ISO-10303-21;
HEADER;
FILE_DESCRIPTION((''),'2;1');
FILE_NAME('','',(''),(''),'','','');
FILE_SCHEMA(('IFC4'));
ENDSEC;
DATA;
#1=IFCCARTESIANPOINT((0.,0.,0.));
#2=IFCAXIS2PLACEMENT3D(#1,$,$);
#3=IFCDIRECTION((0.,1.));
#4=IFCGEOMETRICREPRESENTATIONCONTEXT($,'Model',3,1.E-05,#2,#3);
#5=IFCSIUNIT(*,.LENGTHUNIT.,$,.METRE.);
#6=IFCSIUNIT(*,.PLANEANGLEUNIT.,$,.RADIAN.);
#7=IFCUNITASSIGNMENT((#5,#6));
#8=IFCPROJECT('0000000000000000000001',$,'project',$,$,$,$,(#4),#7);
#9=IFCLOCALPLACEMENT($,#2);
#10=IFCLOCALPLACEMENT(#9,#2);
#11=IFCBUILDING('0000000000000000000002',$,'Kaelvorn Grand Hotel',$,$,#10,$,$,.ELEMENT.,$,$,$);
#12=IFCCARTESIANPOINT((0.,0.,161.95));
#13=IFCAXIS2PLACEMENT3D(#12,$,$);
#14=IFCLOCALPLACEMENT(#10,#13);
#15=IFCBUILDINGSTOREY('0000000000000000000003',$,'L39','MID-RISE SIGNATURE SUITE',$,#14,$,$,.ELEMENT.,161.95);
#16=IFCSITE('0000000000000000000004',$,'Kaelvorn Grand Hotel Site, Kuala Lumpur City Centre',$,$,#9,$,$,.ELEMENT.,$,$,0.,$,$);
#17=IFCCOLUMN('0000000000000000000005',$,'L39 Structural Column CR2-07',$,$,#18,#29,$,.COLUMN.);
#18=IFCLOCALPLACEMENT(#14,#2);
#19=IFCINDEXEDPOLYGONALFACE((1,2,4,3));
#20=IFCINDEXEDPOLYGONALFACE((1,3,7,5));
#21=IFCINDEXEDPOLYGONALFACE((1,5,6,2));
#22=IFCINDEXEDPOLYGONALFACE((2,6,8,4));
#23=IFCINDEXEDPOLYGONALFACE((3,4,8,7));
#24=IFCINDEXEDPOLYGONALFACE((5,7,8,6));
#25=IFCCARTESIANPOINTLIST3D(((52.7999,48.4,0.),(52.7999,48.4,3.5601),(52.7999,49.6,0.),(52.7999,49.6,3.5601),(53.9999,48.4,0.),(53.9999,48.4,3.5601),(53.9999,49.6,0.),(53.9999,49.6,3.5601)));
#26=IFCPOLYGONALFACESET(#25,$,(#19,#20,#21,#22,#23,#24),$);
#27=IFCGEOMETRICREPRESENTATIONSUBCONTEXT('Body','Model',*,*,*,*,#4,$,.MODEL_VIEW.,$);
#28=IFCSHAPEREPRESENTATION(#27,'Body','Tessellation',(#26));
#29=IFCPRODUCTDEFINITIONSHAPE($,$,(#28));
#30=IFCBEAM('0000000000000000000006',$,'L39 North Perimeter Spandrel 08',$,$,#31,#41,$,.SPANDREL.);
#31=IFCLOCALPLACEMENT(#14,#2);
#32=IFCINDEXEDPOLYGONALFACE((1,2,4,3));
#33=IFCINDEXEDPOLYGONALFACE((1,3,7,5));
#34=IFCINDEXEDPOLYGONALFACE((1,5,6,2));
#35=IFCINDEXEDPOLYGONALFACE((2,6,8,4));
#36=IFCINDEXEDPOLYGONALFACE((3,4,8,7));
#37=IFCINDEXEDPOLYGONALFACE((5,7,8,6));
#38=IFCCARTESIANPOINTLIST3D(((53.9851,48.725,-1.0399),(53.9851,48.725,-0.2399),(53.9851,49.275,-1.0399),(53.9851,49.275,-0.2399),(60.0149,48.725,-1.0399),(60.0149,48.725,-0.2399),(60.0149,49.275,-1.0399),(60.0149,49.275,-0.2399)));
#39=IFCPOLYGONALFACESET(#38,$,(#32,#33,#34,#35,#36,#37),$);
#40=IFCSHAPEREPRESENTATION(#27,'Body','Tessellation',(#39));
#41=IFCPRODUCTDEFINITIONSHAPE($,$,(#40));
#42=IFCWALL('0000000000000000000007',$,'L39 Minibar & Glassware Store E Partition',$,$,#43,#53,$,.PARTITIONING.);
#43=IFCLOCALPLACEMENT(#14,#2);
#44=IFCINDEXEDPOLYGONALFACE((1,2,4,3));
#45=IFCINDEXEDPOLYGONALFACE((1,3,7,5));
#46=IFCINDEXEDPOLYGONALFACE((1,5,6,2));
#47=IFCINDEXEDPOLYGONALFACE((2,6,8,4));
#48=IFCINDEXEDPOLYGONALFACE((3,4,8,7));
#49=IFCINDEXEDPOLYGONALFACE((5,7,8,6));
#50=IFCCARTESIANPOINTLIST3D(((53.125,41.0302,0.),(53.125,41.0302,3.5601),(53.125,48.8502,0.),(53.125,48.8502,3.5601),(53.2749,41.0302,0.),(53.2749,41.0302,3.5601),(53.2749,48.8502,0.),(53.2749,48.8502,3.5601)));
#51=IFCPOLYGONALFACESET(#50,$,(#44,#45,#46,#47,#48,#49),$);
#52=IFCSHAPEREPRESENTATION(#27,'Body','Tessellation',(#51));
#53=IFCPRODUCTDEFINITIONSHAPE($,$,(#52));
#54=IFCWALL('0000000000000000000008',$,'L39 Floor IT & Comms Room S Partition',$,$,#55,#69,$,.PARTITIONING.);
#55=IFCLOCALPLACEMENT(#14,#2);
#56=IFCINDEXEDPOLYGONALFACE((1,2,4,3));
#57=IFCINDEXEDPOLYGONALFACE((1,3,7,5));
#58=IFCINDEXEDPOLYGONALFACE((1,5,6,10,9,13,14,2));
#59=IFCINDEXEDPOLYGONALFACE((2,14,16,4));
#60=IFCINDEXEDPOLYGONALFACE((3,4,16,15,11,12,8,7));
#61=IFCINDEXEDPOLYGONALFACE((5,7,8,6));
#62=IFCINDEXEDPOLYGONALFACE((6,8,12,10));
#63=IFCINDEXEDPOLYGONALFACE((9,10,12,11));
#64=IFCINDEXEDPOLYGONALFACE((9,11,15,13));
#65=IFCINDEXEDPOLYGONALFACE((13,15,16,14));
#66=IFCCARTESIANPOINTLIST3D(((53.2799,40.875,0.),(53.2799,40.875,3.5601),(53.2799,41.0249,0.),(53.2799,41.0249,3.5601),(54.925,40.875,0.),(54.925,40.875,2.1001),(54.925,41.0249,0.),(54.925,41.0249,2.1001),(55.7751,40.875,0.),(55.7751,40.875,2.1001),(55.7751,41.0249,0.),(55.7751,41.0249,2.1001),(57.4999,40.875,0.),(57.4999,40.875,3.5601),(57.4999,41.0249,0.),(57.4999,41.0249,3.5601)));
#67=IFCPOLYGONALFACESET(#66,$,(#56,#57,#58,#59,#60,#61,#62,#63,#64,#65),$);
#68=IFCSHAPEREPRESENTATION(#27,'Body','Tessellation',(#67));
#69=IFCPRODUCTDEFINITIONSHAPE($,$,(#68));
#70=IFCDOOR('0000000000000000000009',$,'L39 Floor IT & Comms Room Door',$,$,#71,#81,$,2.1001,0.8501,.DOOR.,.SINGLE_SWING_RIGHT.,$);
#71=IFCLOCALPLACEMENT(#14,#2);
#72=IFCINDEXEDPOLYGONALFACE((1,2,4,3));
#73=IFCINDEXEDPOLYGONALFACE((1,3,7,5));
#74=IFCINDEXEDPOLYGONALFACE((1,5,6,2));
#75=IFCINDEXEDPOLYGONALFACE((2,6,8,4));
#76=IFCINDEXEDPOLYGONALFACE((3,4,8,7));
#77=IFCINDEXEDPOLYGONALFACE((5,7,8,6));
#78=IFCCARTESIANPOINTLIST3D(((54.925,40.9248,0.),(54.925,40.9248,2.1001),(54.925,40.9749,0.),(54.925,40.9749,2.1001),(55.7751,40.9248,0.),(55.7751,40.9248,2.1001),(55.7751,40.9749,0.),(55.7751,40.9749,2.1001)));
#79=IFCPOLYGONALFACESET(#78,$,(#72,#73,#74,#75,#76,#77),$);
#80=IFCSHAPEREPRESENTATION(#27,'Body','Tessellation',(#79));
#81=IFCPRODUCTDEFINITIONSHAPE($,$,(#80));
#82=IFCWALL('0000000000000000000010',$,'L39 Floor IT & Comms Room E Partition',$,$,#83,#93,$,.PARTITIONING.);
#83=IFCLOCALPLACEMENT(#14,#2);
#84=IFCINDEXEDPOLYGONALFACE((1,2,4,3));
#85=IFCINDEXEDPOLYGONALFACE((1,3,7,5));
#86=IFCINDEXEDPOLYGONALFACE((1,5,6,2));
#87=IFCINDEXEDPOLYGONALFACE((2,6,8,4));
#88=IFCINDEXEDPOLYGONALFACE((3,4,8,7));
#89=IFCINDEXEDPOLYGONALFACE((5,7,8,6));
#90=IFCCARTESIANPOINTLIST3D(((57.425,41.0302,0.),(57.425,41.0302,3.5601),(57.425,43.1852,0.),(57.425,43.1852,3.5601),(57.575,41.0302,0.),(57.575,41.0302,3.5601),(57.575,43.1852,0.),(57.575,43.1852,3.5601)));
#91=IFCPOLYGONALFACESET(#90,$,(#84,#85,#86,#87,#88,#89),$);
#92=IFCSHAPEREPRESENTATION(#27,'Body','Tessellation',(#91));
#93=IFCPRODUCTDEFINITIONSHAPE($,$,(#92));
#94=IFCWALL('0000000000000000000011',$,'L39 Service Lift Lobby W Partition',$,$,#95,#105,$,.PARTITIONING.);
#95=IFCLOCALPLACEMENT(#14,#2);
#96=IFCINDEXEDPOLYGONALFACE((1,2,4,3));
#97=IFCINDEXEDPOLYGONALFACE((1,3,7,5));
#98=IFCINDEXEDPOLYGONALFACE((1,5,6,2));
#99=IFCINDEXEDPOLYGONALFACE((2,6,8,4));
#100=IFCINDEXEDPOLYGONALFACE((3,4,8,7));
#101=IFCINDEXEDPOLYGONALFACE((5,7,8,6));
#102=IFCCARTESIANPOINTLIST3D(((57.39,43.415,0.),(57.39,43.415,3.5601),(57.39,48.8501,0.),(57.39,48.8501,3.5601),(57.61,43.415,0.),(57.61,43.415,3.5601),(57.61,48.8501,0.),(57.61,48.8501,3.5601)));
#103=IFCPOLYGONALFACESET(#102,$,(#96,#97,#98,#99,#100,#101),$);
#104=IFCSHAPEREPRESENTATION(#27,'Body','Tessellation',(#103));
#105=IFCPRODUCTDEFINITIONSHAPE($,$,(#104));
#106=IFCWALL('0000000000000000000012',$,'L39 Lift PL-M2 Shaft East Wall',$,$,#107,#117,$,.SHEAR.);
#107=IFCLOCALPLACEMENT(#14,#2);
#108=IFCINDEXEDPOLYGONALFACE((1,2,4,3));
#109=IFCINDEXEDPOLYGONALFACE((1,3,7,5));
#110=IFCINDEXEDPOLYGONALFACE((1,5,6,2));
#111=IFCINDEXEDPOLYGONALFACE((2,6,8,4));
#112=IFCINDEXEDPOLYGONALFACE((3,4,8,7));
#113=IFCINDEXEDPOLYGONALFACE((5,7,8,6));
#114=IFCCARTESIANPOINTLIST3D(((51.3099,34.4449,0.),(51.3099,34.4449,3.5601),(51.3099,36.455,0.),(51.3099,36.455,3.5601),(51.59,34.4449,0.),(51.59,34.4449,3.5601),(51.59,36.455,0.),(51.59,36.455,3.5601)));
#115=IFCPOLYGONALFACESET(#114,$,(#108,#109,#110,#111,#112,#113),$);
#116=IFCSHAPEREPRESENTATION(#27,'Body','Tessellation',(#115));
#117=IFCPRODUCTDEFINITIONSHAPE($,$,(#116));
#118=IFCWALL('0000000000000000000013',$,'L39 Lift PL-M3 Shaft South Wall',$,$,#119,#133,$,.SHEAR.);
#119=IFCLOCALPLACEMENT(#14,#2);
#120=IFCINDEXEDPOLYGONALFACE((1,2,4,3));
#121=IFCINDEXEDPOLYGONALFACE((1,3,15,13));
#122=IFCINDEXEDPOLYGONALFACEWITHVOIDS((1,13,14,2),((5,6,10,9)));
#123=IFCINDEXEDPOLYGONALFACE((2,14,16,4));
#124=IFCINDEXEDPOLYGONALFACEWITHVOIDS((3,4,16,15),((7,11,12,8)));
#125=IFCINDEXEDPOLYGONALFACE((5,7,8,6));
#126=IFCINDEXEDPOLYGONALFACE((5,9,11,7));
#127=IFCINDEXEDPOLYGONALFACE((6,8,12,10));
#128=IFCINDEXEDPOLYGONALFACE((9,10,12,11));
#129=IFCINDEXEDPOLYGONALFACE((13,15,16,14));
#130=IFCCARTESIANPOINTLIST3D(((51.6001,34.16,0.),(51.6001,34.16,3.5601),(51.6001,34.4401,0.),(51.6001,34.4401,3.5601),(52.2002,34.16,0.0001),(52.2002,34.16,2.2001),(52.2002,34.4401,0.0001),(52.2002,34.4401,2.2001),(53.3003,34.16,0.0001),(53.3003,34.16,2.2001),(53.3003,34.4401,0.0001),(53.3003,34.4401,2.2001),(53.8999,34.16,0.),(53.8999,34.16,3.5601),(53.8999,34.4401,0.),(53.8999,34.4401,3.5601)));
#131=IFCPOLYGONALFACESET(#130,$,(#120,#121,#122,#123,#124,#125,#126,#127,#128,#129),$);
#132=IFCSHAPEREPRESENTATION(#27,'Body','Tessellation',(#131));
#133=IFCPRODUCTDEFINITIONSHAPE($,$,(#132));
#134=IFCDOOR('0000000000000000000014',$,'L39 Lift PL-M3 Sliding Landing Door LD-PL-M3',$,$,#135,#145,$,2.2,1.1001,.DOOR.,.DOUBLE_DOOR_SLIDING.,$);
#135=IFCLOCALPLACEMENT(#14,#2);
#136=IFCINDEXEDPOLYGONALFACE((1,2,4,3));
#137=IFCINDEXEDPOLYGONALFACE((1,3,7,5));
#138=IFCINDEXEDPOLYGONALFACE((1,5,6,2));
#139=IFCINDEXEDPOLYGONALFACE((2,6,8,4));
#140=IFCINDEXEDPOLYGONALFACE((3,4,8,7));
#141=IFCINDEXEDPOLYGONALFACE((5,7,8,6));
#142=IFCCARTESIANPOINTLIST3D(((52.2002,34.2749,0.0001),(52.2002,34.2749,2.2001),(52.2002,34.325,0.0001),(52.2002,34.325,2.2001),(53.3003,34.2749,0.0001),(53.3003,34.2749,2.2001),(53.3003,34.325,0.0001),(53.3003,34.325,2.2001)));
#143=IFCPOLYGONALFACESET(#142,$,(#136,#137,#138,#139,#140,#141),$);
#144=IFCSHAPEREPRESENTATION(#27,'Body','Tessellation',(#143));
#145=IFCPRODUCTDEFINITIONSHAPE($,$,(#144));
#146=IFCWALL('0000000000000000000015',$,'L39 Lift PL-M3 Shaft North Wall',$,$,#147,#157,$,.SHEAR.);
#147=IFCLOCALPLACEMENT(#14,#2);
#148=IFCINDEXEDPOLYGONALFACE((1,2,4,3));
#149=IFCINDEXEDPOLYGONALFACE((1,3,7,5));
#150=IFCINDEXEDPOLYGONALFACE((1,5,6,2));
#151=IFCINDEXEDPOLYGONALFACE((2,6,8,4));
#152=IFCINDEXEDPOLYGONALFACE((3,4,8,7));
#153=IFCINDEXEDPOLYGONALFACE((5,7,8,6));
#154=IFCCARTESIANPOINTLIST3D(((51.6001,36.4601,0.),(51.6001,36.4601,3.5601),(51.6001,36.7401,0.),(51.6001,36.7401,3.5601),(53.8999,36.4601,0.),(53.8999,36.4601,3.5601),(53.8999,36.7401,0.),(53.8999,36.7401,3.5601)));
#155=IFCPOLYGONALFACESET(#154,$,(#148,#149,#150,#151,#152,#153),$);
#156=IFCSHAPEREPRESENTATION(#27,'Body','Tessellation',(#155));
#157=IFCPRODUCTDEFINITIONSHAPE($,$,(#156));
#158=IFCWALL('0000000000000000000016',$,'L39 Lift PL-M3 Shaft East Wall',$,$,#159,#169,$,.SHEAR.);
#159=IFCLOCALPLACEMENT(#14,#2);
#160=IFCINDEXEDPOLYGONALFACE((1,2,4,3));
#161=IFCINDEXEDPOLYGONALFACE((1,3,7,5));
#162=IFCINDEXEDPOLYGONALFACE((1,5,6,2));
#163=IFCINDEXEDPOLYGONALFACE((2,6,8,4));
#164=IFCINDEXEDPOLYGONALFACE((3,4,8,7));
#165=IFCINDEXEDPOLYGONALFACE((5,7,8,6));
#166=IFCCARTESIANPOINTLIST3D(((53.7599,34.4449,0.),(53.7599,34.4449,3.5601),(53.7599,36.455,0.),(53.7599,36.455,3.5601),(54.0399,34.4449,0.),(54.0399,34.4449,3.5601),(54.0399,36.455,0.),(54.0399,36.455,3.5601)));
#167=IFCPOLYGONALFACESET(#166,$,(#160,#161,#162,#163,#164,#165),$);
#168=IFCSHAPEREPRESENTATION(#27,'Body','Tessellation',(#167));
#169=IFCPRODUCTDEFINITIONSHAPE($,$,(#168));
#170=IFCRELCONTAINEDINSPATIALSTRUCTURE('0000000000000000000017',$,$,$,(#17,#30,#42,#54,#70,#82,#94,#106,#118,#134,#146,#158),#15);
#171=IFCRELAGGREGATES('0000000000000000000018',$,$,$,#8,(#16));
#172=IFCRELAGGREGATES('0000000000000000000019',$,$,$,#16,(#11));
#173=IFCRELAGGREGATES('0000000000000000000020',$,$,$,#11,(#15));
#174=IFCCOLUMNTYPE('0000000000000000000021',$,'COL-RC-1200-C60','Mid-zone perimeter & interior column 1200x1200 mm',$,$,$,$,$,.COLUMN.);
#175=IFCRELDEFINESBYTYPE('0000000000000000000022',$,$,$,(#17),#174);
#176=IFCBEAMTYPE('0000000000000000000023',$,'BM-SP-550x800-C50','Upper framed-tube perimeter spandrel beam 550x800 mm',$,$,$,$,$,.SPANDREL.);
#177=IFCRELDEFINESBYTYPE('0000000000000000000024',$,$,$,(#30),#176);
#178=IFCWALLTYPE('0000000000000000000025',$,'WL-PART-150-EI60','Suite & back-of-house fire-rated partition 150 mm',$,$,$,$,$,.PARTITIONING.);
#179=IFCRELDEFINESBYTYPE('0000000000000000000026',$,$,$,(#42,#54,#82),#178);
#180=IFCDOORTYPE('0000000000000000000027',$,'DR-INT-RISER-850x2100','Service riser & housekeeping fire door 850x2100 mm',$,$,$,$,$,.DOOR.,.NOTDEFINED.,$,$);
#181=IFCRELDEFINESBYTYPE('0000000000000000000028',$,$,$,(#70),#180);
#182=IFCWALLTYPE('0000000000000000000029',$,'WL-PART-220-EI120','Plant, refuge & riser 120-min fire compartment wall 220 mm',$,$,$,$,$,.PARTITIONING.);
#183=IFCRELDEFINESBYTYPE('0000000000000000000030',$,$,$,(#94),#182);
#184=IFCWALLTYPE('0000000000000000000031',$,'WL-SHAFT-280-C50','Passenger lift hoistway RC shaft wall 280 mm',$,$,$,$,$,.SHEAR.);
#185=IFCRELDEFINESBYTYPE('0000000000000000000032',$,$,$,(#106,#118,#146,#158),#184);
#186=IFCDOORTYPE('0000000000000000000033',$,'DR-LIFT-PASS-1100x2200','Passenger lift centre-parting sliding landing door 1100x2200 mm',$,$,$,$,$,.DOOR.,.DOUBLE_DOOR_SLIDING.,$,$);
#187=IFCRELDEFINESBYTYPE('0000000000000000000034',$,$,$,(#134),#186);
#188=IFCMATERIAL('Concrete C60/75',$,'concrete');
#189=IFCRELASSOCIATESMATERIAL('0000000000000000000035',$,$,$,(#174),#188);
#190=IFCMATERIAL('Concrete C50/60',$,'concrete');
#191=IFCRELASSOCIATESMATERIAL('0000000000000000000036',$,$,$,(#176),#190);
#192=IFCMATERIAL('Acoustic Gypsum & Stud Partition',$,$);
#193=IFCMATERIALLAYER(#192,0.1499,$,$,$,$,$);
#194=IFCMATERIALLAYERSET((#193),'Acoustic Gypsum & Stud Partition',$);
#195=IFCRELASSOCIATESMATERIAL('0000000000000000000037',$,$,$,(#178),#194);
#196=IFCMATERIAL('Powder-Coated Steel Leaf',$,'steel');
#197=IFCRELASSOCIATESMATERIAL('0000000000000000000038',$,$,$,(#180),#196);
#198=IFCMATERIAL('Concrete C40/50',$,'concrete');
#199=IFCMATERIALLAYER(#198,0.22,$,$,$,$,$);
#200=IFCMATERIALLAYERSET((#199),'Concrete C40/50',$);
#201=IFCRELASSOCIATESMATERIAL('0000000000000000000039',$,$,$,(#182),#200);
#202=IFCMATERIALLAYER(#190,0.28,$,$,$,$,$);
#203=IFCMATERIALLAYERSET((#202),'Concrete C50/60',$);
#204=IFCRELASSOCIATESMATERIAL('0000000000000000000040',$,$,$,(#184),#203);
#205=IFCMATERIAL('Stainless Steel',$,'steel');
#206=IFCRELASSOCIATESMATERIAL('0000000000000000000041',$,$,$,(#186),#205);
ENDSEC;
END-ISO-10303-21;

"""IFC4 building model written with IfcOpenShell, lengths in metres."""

from ifc_helpers import new_model, si_unit, direction, frame, frame_2d, origin, origin_2d, place, context, subcontext, project, spatial, rectangle, extrude, material, layer, layer_set, material_profile, profile_set, type_object, element, fill, save


model = new_model("IFC4")

# Units and contexts
model_context = context("Model", 3, precision=1e-05, world=origin(), true_north=direction((0.0, 1.0)))
body_context = subcontext(model_context, "Body", "Model", "MODEL_VIEW")
ifc_project = project(units=[si_unit("LENGTHUNIT", "METRE"), si_unit("PLANEANGLEUNIT", "RADIAN")], contexts=[model_context])

# Site, building, storey
site_placement = place(None, origin())
site = spatial("IfcSite", under=ifc_project, at=site_placement, Name="Kaelvorn Grand Hotel Site, Kuala Lumpur City Centre", CompositionType="ELEMENT", RefElevation=0.0)
building_placement = place(site_placement, origin())
building = spatial("IfcBuilding", under=site, at=building_placement, Name="Kaelvorn Grand Hotel", CompositionType="ELEMENT")
storey_placement = place(building_placement, frame((0.0, 0.0, 161.95)))
storey = spatial("IfcBuildingStorey", under=building, at=storey_placement, Name="L39", Description="MID-RISE SIGNATURE SUITE", CompositionType="ELEMENT", Elevation=161.95)

# Column
ifc_material_1 = material(Name="Concrete C60/75", Category="concrete")
ifc_material_profile_1 = material_profile(ifc_material_1, rectangle(XDim=1.2, YDim=1.2, at=origin_2d()), Name="RC COL 1200x1200")
ifc_profile_set_1 = profile_set([ifc_material_profile_1], Name="Concrete C60/75")
column_type = type_object("IfcColumnType", Name="COL-RC-1200-C60", Description="Mid-zone perimeter & interior column 1200x1200 mm", PredefinedType="COLUMN", material=ifc_profile_set_1)
column_placement = place(storey_placement, frame((53.3999, 49.0, 0.0), z_axis=(0.0, 0.0, 1.0), x_axis=(1.0, 0.0, 0.0)))
element("IfcColumn", 1, at=column_placement, inside=storey, type_object=column_type, Name="L39 Structural Column CR2-07", PredefinedType="COLUMN", context=body_context, shape_type="SweptSolid", body=[
    extrude(rectangle(XDim=1.2, YDim=1.2, at=origin_2d()), origin(), (0.0, 0.0, 1.0), 3.5601),
])

# Beam
ifc_material_2 = material(Name="Concrete C50/60", Category="concrete")
ifc_material_profile_2 = material_profile(ifc_material_2, rectangle(XDim=0.55, YDim=0.8, at=origin_2d()), Name="RC SPANDREL 550x800")
ifc_profile_set_2 = profile_set([ifc_material_profile_2], Name="Concrete C50/60")
beam_type = type_object("IfcBeamType", Name="BM-SP-550x800-C50", Description="Upper framed-tube perimeter spandrel beam 550x800 mm", PredefinedType="SPANDREL", material=ifc_profile_set_2)
beam_placement = place(storey_placement, frame((53.9851, 49.0, -0.6399), z_axis=(1.0, 0.0, 0.0), x_axis=(0.0, 1.0, 0.0)))
element("IfcBeam", 2, at=beam_placement, inside=storey, type_object=beam_type, Name="L39 North Perimeter Spandrel 08", PredefinedType="SPANDREL", context=body_context, shape_type="SweptSolid", body=[
    extrude(rectangle(XDim=0.55, YDim=0.8, at=origin_2d()), origin(), (0.0, 0.0, 1.0), 6.0298),
])

# Wall
ifc_material_3 = material(Name="Acoustic Gypsum & Stud Partition")
ifc_layer_1 = layer(ifc_material_3, 0.1499)
ifc_layer_set_1 = layer_set([ifc_layer_1], Name="Acoustic Gypsum & Stud Partition")
wall_type_1 = type_object("IfcWallType", Name="WL-PART-150-EI60", Description="Suite & back-of-house fire-rated partition 150 mm", PredefinedType="PARTITIONING", material=ifc_layer_set_1)
wall_1_placement = place(storey_placement, frame((53.2, 41.03, 0.0), z_axis=(0.0, 0.0, 1.0), x_axis=(0.0, 1.0, 0.0)))
element("IfcWall", 3, at=wall_1_placement, inside=storey, type_object=wall_type_1, Name="L39 Minibar & Glassware Store E Partition", PredefinedType="PARTITIONING", context=body_context, shape_type="SweptSolid", body=[
    extrude(rectangle(XDim=7.8201, YDim=0.1499, at=frame_2d((3.9102, 0.0))), origin(), (0.0, 0.0, 1.0), 3.5601),
])

# Wall, opening, door
wall_2_placement = place(storey_placement, frame((53.28, 40.95, 0.0), z_axis=(0.0, 0.0, 1.0), x_axis=(1.0, 0.0, 0.0)))
wall_2 = element("IfcWall", 4, at=wall_2_placement, inside=storey, type_object=wall_type_1, Name="L39 Floor IT & Comms Room S Partition", PredefinedType="PARTITIONING", context=body_context, shape_type="SweptSolid", body=[
    extrude(rectangle(XDim=4.22, YDim=0.1499, at=frame_2d((2.1099, 0.0))), origin(), (0.0, 0.0, 1.0), 3.5601),
])
opening_1_placement = place(wall_2_placement, frame((1.645, 0.0, 0.0)))
opening_1 = element("IfcOpeningElement", 5, at=opening_1_placement, cuts=wall_2, PredefinedType="OPENING", context=body_context, shape_type="SweptSolid", body=[
    extrude(rectangle(XDim=0.8501, YDim=2.1001, at=frame_2d((0.425, 1.05))), frame((0.0, 0.085, 0.0), z_axis=(0.0, -1.0, 0.0), x_axis=(1.0, 0.0, 0.0)), (0.0, 0.0, 1.0), 0.1699),
])
ifc_material_4 = material(Name="Powder-Coated Steel Leaf", Category="steel")
door_type_1 = type_object("IfcDoorType", Name="DR-INT-RISER-850x2100", Description="Service riser & housekeeping fire door 850x2100 mm", OperationType="NOTDEFINED", PredefinedType="DOOR", material=ifc_material_4)
door_1_placement = place(opening_1_placement, origin())
door_1 = element("IfcDoor", 6, at=door_1_placement, inside=storey, type_object=door_type_1, Name="L39 Floor IT & Comms Room Door", OperationType="SINGLE_SWING_RIGHT", OverallHeight=2.1001, OverallWidth=0.8501, PredefinedType="DOOR", context=body_context, shape_type="SweptSolid", body=[
    extrude(rectangle(XDim=0.8501, YDim=2.1001, at=frame_2d((0.425, 1.05))), frame((0.0, 0.0249, 0.0), z_axis=(0.0, -1.0, 0.0), x_axis=(1.0, 0.0, 0.0)), (0.0, 0.0, 1.0), 0.05),
])
fill(opening_1, door_1)

# Wall
wall_3_placement = place(storey_placement, frame((57.5, 41.03, 0.0), z_axis=(0.0, 0.0, 1.0), x_axis=(0.0, 1.0, 0.0)))
element("IfcWall", 7, at=wall_3_placement, inside=storey, type_object=wall_type_1, Name="L39 Floor IT & Comms Room E Partition", PredefinedType="PARTITIONING", context=body_context, shape_type="SweptSolid", body=[
    extrude(rectangle(XDim=2.155, YDim=0.1499, at=frame_2d((1.0776, 0.0))), origin(), (0.0, 0.0, 1.0), 3.5601),
])

# Shared definitions
ifc_material_5 = material(Name="Concrete C40/50", Category="concrete")
ifc_layer_2 = layer(ifc_material_5, 0.22)
ifc_layer_set_2 = layer_set([ifc_layer_2], Name="Concrete C40/50")
wall_type_2 = type_object("IfcWallType", Name="WL-PART-220-EI120", Description="Plant, refuge & riser 120-min fire compartment wall 220 mm", PredefinedType="PARTITIONING", material=ifc_layer_set_2)

# Walls
wall_4_placement = place(storey_placement, frame((57.5, 43.415, 0.0), z_axis=(0.0, 0.0, 1.0), x_axis=(0.0, 1.0, 0.0)))
element("IfcWall", 8, at=wall_4_placement, inside=storey, type_object=wall_type_2, Name="L39 Service Lift Lobby W Partition", PredefinedType="PARTITIONING", context=body_context, shape_type="SweptSolid", body=[
    extrude(rectangle(XDim=5.4351, YDim=0.22, at=frame_2d((2.7175, 0.0))), origin(), (0.0, 0.0, 1.0), 3.5601),
])
ifc_layer_3 = layer(ifc_material_2, 0.28)
ifc_layer_set_3 = layer_set([ifc_layer_3], Name="Concrete C50/60")
wall_type_3 = type_object("IfcWallType", Name="WL-SHAFT-280-C50", Description="Passenger lift hoistway RC shaft wall 280 mm", PredefinedType="SHEAR", material=ifc_layer_set_3)
wall_5_placement = place(storey_placement, frame((51.45, 34.4451, 0.0), z_axis=(0.0, 0.0, 1.0), x_axis=(0.0, 1.0, 0.0)))
element("IfcWall", 9, at=wall_5_placement, inside=storey, type_object=wall_type_3, Name="L39 Lift PL-M2 Shaft East Wall", PredefinedType="SHEAR", context=body_context, shape_type="SweptSolid", body=[
    extrude(rectangle(XDim=2.01, YDim=0.28, at=frame_2d((1.0049, 0.0))), origin(), (0.0, 0.0, 1.0), 3.5601),
])

# Wall, opening, door
wall_6_placement = place(storey_placement, frame((51.6001, 34.3, 0.0), z_axis=(0.0, 0.0, 1.0), x_axis=(1.0, 0.0, 0.0)))
wall_6 = element("IfcWall", 10, at=wall_6_placement, inside=storey, type_object=wall_type_3, Name="L39 Lift PL-M3 Shaft South Wall", PredefinedType="SHEAR", context=body_context, shape_type="SweptSolid", body=[
    extrude(rectangle(XDim=2.2998, YDim=0.28, at=frame_2d((1.1499, 0.0))), origin(), (0.0, 0.0, 1.0), 3.5601),
])
opening_2_placement = place(wall_6_placement, frame((0.6001, 0.0, 0.0)))
opening_2 = element("IfcOpeningElement", 11, at=opening_2_placement, cuts=wall_6, PredefinedType="OPENING", context=body_context, shape_type="SweptSolid", body=[
    extrude(rectangle(XDim=1.1001, YDim=2.2, at=frame_2d((0.55, 1.1001))), frame((0.0, 0.1499, 0.0), z_axis=(0.0, -1.0, 0.0), x_axis=(1.0, 0.0, 0.0)), (0.0, 0.0, 1.0), 0.3),
])
ifc_material_6 = material(Name="Stainless Steel", Category="steel")
door_type_2 = type_object("IfcDoorType", Name="DR-LIFT-PASS-1100x2200", Description="Passenger lift centre-parting sliding landing door 1100x2200 mm", OperationType="DOUBLE_DOOR_SLIDING", PredefinedType="DOOR", material=ifc_material_6)
door_2_placement = place(opening_2_placement, origin())
door_2 = element("IfcDoor", 12, at=door_2_placement, inside=storey, type_object=door_type_2, Name="L39 Lift PL-M3 Sliding Landing Door LD-PL-M3", OperationType="DOUBLE_DOOR_SLIDING", OverallHeight=2.2, OverallWidth=1.1001, PredefinedType="DOOR", context=body_context, shape_type="SweptSolid", body=[
    extrude(rectangle(XDim=1.1001, YDim=2.2, at=frame_2d((0.55, 1.1001))), frame((0.0, 0.0249, 0.0), z_axis=(0.0, -1.0, 0.0), x_axis=(1.0, 0.0, 0.0)), (0.0, 0.0, 1.0), 0.05),
])
fill(opening_2, door_2)

# Walls
wall_7_placement = place(storey_placement, frame((51.6001, 36.6001, 0.0), z_axis=(0.0, 0.0, 1.0), x_axis=(1.0, 0.0, 0.0)))
element("IfcWall", 13, at=wall_7_placement, inside=storey, type_object=wall_type_3, Name="L39 Lift PL-M3 Shaft North Wall", PredefinedType="SHEAR", context=body_context, shape_type="SweptSolid", body=[
    extrude(rectangle(XDim=2.2998, YDim=0.28, at=frame_2d((1.1499, 0.0))), origin(), (0.0, 0.0, 1.0), 3.5601),
])
wall_8_placement = place(storey_placement, frame((53.8999, 34.4451, 0.0), z_axis=(0.0, 0.0, 1.0), x_axis=(0.0, 1.0, 0.0)))
element("IfcWall", 14, at=wall_8_placement, inside=storey, type_object=wall_type_3, Name="L39 Lift PL-M3 Shaft East Wall", PredefinedType="SHEAR", context=body_context, shape_type="SweptSolid", body=[
    extrude(rectangle(XDim=2.01, YDim=0.28, at=frame_2d((1.0049, 0.0))), origin(), (0.0, 0.0, 1.0), 3.5601),
])

save(model, "model.ifc")
